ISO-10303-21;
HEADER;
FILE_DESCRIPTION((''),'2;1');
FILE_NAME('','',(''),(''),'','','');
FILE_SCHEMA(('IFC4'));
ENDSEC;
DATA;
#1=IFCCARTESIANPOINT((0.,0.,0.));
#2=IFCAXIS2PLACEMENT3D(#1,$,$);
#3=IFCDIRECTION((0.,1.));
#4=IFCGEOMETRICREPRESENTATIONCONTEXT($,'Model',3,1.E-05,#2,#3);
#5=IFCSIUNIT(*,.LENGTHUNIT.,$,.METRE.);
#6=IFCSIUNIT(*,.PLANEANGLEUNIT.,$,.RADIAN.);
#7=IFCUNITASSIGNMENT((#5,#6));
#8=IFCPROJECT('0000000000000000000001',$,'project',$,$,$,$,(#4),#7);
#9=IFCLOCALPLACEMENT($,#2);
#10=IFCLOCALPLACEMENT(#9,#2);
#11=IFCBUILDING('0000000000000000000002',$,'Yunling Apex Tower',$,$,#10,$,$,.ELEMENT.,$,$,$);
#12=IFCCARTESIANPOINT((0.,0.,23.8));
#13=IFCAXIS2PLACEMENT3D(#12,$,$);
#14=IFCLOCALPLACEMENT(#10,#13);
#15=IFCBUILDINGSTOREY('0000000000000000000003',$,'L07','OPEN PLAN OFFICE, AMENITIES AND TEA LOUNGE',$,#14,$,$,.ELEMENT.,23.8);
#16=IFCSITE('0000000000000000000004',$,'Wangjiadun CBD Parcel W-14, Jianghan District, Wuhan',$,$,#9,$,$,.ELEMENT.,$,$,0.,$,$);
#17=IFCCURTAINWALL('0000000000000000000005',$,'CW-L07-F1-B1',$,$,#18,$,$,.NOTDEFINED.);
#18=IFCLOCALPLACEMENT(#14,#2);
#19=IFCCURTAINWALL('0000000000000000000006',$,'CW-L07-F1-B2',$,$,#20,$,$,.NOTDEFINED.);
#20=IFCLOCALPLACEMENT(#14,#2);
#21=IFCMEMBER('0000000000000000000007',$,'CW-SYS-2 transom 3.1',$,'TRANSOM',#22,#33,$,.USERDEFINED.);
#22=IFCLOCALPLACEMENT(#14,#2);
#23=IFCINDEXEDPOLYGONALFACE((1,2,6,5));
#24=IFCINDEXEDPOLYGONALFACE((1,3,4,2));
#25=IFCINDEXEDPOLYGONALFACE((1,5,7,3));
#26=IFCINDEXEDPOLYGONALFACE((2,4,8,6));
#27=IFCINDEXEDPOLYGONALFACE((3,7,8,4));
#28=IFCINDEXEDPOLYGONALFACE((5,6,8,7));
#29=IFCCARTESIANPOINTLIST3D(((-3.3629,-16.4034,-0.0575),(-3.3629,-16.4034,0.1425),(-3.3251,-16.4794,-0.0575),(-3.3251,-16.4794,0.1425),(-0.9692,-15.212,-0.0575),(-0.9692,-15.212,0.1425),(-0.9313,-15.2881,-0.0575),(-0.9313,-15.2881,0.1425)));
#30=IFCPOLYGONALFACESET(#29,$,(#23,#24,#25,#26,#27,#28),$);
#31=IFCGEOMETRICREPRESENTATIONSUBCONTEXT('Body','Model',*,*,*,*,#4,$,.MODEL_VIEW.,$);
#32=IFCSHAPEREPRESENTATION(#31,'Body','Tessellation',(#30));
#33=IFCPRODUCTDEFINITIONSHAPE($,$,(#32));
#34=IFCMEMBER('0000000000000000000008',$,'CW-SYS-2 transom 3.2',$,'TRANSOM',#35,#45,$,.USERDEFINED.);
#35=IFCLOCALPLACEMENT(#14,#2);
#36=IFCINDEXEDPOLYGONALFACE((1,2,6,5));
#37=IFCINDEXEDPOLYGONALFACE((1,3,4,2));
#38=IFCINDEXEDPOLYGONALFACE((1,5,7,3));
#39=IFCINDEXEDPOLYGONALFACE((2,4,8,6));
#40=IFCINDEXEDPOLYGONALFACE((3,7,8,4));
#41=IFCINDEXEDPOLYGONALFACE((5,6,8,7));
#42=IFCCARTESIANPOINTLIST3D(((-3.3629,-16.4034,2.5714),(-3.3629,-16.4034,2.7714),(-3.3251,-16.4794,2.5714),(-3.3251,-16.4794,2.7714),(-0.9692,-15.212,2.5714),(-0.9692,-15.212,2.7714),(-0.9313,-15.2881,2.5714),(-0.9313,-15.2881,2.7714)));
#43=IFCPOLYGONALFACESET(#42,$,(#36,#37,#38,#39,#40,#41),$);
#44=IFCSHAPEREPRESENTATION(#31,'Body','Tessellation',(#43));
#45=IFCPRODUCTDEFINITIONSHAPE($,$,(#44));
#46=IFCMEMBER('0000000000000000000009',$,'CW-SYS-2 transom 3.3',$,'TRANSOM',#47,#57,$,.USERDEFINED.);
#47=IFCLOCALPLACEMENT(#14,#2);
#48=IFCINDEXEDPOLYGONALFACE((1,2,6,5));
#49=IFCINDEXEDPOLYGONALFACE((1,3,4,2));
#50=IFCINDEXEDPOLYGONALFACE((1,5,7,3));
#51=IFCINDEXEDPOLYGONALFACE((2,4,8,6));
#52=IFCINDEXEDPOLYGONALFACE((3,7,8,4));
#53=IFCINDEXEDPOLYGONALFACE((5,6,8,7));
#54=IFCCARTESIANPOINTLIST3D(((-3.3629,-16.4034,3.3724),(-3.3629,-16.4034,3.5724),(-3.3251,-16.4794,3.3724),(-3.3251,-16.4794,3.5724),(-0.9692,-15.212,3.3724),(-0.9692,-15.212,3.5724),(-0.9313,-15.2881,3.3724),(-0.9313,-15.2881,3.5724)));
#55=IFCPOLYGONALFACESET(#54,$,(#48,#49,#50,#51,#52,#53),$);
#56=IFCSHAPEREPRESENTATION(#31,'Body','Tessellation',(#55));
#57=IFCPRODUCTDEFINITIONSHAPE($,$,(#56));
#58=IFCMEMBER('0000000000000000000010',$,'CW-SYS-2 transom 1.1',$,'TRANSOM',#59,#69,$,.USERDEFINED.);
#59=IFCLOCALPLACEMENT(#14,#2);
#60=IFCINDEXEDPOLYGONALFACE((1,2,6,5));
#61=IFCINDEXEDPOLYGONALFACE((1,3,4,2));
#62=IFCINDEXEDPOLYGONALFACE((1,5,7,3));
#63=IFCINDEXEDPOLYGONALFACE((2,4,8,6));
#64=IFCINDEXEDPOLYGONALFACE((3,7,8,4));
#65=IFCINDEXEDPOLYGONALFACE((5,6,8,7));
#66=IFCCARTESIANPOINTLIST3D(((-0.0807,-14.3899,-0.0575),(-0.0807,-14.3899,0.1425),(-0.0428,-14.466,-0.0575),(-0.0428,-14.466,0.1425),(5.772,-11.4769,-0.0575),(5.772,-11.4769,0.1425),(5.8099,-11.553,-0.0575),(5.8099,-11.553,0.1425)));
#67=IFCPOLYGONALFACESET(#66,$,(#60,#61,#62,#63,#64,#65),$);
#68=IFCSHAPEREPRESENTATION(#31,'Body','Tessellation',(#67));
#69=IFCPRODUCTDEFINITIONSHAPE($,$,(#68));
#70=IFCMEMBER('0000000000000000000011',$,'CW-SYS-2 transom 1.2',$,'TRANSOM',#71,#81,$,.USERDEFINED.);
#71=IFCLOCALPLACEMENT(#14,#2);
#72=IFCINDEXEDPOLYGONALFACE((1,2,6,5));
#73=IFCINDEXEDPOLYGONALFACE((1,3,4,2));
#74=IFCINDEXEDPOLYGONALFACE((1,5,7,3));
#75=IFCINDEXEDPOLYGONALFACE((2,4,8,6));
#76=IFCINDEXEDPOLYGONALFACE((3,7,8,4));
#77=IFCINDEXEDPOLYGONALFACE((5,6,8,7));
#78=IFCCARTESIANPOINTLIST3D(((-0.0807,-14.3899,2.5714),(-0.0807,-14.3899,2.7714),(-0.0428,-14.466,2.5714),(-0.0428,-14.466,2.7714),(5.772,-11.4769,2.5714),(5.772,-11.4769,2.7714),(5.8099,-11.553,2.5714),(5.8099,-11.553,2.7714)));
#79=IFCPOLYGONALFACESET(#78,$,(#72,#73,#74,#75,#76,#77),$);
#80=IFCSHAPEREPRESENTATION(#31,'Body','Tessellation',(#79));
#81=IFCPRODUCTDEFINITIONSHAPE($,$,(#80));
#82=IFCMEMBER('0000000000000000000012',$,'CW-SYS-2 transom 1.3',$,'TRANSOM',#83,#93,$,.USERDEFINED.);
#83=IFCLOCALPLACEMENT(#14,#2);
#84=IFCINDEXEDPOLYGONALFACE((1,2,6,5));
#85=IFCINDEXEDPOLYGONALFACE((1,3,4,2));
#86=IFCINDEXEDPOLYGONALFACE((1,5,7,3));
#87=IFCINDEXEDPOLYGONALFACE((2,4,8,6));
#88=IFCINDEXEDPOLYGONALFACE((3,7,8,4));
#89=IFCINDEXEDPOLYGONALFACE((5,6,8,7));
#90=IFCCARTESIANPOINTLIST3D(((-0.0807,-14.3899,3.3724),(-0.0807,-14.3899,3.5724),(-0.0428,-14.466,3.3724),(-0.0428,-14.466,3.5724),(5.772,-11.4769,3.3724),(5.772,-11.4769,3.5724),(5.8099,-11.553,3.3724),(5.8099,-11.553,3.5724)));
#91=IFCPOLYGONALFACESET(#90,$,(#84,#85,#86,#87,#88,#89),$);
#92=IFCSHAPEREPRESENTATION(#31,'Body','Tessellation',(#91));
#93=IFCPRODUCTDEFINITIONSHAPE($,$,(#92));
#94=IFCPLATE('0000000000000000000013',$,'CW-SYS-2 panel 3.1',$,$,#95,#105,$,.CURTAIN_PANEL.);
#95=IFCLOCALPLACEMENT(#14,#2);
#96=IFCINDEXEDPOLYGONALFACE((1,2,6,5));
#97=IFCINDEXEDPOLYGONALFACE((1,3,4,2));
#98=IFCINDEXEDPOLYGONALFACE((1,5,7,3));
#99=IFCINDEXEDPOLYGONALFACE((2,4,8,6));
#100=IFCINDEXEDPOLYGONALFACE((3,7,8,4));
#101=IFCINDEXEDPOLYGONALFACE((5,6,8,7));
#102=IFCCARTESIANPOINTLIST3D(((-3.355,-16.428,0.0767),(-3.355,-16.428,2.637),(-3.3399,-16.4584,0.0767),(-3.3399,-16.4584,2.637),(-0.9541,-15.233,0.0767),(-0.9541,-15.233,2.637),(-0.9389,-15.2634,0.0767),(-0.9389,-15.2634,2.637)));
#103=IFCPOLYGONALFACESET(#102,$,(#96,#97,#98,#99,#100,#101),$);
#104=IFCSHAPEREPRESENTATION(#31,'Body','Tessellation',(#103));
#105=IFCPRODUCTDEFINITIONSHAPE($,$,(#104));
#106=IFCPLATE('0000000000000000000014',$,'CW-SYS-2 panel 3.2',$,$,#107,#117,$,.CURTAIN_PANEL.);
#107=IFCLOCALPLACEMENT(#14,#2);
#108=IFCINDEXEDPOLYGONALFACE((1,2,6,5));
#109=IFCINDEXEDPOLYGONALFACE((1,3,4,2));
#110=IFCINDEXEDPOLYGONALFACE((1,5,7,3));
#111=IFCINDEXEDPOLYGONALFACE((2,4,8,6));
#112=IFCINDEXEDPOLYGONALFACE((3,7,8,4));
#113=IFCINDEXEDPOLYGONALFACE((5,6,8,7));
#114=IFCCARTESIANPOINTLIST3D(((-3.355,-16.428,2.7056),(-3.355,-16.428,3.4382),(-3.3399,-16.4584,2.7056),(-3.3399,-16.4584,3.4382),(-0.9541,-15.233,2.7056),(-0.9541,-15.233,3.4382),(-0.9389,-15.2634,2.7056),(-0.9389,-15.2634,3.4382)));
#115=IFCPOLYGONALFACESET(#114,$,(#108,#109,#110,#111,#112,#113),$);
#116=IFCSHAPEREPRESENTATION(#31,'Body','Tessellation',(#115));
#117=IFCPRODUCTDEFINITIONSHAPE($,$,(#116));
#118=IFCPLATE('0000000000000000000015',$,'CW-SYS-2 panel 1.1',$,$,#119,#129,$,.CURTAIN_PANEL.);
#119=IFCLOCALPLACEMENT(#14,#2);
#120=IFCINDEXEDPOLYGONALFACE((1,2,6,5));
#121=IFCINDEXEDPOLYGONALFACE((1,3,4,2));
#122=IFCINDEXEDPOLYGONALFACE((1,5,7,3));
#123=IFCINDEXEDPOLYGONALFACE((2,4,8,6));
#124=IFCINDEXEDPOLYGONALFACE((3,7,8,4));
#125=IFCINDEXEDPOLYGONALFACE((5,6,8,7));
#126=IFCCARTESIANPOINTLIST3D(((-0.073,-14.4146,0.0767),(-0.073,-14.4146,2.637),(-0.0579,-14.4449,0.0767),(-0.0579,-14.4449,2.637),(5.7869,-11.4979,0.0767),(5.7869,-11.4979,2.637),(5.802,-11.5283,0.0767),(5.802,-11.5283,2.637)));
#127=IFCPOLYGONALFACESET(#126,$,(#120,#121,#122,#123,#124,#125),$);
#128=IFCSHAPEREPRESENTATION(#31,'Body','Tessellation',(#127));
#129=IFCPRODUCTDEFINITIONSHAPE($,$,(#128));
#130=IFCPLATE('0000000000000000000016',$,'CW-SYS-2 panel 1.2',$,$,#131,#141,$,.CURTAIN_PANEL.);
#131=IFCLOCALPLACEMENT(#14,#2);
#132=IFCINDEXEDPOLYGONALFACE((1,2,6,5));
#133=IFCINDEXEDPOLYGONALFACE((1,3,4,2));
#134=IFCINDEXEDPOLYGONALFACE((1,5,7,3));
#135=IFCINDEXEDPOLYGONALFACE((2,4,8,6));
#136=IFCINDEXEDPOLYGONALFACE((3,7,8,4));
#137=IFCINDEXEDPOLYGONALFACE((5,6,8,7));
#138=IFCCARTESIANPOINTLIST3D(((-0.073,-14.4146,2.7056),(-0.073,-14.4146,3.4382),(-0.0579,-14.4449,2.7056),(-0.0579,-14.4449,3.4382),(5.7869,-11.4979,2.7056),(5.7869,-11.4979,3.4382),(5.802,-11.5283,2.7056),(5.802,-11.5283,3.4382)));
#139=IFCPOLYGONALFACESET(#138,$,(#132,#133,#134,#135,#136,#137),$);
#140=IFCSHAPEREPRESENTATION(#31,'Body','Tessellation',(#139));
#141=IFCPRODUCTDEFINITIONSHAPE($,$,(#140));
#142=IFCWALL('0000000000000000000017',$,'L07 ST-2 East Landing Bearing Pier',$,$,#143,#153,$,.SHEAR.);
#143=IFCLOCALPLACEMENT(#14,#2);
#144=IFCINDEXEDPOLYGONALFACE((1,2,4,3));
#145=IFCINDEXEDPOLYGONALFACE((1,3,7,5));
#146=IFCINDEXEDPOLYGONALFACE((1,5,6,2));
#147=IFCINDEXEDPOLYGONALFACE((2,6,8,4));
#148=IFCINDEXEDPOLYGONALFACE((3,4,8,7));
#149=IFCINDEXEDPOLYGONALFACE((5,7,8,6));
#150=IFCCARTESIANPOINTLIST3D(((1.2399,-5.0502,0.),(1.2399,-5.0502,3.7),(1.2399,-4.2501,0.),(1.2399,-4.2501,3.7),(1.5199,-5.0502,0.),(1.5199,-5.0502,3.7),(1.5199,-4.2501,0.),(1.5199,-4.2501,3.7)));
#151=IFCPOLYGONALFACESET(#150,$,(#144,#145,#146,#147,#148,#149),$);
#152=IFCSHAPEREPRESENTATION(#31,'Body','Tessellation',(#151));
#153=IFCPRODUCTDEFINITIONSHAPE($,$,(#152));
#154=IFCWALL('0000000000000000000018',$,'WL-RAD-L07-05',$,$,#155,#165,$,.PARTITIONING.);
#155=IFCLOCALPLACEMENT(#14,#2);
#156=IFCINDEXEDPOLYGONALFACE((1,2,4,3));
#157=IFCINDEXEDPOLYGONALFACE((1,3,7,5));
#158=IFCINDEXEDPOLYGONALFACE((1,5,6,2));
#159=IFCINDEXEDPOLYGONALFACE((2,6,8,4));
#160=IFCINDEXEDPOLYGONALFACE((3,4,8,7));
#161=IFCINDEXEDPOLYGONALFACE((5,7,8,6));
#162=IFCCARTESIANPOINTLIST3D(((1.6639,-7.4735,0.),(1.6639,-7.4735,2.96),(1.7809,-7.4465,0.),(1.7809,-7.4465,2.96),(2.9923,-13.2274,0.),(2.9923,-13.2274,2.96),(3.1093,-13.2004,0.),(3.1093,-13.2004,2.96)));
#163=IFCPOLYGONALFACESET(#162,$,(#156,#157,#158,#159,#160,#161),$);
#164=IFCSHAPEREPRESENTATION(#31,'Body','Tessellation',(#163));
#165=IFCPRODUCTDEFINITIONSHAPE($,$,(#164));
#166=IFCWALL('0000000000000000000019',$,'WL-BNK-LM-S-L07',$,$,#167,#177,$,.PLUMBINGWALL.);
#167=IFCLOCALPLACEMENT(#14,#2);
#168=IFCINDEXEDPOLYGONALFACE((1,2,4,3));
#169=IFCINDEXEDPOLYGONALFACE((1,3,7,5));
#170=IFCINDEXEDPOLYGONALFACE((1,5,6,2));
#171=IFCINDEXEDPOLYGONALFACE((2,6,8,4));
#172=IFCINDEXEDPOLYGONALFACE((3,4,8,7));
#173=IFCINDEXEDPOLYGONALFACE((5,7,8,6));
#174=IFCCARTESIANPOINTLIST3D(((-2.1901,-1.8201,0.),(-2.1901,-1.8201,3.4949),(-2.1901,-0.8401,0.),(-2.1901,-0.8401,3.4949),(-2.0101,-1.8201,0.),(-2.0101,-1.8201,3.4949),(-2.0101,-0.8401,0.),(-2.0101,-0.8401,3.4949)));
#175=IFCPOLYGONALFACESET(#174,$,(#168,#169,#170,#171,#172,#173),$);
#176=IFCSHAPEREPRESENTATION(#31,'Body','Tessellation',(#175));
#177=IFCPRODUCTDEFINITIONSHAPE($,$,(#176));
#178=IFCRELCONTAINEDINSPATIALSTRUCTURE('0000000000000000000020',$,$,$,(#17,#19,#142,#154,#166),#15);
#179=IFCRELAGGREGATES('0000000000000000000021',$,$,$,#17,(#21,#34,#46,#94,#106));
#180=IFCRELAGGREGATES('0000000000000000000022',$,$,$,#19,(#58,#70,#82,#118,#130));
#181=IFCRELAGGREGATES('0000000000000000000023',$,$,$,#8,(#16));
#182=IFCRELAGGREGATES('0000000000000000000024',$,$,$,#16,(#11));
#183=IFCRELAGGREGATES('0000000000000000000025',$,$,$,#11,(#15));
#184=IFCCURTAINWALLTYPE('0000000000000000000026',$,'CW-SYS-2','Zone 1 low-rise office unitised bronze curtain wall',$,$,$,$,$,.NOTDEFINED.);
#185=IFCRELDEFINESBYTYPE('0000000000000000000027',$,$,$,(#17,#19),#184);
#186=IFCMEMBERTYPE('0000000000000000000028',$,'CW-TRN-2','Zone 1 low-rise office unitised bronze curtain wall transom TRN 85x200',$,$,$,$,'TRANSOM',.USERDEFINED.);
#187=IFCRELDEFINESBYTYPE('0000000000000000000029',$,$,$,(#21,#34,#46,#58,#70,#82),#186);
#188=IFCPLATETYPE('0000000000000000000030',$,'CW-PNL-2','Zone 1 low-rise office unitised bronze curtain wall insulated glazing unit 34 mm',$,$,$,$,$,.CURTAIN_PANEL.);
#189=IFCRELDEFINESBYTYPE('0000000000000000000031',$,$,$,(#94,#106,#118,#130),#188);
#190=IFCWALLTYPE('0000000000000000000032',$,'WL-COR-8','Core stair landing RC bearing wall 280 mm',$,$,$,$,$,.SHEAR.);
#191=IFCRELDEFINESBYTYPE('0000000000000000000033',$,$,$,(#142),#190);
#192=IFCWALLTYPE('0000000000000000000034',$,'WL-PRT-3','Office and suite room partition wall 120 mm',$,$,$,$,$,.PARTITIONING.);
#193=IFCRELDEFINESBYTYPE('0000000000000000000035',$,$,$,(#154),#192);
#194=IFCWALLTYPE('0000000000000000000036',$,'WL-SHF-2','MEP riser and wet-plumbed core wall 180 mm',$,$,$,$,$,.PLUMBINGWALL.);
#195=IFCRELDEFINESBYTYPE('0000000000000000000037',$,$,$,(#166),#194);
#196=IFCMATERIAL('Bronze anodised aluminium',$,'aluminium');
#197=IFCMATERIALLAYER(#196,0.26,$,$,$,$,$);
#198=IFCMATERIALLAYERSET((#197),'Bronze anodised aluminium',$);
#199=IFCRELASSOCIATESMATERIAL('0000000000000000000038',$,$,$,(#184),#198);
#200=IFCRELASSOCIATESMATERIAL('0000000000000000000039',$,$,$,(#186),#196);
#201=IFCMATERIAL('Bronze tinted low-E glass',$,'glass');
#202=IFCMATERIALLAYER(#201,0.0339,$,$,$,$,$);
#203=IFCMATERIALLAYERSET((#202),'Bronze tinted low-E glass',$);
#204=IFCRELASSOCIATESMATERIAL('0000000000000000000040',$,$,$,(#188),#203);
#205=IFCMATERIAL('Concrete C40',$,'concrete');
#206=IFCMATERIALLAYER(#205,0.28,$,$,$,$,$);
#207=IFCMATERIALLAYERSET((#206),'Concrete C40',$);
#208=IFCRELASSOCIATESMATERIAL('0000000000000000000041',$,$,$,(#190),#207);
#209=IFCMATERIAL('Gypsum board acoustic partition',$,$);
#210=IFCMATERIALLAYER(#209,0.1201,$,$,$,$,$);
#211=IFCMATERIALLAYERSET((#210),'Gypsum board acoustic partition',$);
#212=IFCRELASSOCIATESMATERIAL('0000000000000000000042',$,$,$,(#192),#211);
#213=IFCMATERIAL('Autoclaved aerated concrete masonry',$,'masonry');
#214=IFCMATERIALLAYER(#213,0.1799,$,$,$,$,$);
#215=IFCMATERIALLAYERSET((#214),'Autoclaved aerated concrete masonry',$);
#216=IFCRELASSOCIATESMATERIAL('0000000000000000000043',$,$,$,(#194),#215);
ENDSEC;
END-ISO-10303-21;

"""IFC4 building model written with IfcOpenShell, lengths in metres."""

from ifc_helpers import new_model, si_unit, direction, frame, frame_2d, origin, origin_2d, place, context, subcontext, project, spatial, rectangle, extrude, source, transform, mapped, material, layer, layer_set, material_profile, profile_set, type_object, element, aggregate, save


model = new_model("IFC4")

# Units and contexts
model_context = context("Model", 3, precision=1e-05, world=origin(), true_north=direction((0.0, 1.0)))
body_context = subcontext(model_context, "Body", "Model", "MODEL_VIEW")
ifc_project = project(units=[si_unit("LENGTHUNIT", "METRE"), si_unit("PLANEANGLEUNIT", "RADIAN")], contexts=[model_context])

# Site, building, storey
site_placement = place(None, origin())
site = spatial("IfcSite", under=ifc_project, at=site_placement, Name="Wangjiadun CBD Parcel W-14, Jianghan District, Wuhan", CompositionType="ELEMENT", RefElevation=0.0)
building_placement = place(site_placement, origin())
building = spatial("IfcBuilding", under=site, at=building_placement, Name="Yunling Apex Tower", CompositionType="ELEMENT")
storey_placement = place(building_placement, frame((0.0, 0.0, 23.8)))
storey = spatial("IfcBuildingStorey", under=building, at=storey_placement, Name="L07", Description="OPEN PLAN OFFICE, AMENITIES AND TEA LOUNGE", CompositionType="ELEMENT", Elevation=23.8)

# Curtain wall
ifc_material_1 = material(Name="Bronze anodised aluminium", Category="aluminium")
ifc_layer_1 = layer(ifc_material_1, 0.26)
ifc_layer_set_1 = layer_set([ifc_layer_1], Name="Bronze anodised aluminium")
curtain_wall_type = type_object("IfcCurtainWallType", Name="CW-SYS-2", Description="Zone 1 low-rise office unitised bronze curtain wall", PredefinedType="NOTDEFINED", material=ifc_layer_set_1)
curtain_wall_1_placement = place(storey_placement, origin())
curtain_wall_1 = element("IfcCurtainWall", 1, at=curtain_wall_1_placement, inside=storey, type_object=curtain_wall_type, Name="CW-L07-F1-B1", PredefinedType="NOTDEFINED")

# Curtain wall
curtain_wall_2_placement = place(storey_placement, origin())
curtain_wall_2 = element("IfcCurtainWall", 2, at=curtain_wall_2_placement, inside=storey, type_object=curtain_wall_type, Name="CW-L07-F1-B2", PredefinedType="NOTDEFINED")

# Members
ifc_material_profile_1 = material_profile(ifc_material_1, rectangle(XDim=0.085, YDim=0.2, at=origin_2d()))
ifc_profile_set_1 = profile_set([ifc_material_profile_1], Name="Bronze anodised aluminium")
member_type_1 = type_object("IfcMemberType", Name="CW-TRN-2", Description="Zone 1 low-rise office unitised bronze curtain wall transom TRN 85x200", ElementType="TRANSOM", PredefinedType="USERDEFINED", material=ifc_profile_set_1)
shared_shape_1 = source(origin(), body_context, "Body", "SweptSolid", [
    extrude(rectangle(XDim=0.085, YDim=0.2, at=origin_2d()), origin(), (0.0, 0.0, 1.0), 2.6738),
])
member_1_placement = place(storey_placement, frame((-3.344, -16.4414, 0.0425), z_axis=(0.895247, 0.445569, 0.0), x_axis=(-0.445569, 0.895247, 0.0)))
member_1 = element("IfcMember", 3, at=member_1_placement, type_object=member_type_1, Name="CW-SYS-2 transom 3.1", ObjectType="TRANSOM", PredefinedType="USERDEFINED", context=body_context, shape_type="MappedRepresentation", body=[
    mapped(shared_shape_1, transform((0.0, 0.0, 0.0), scale=1.0)),
])
member_2_placement = place(storey_placement, frame((-3.344, -16.4414, 2.6714), z_axis=(0.895247, 0.445569, 0.0), x_axis=(-0.445569, 0.895247, 0.0)))
member_2 = element("IfcMember", 4, at=member_2_placement, type_object=member_type_1, Name="CW-SYS-2 transom 3.2", ObjectType="TRANSOM", PredefinedType="USERDEFINED", context=body_context, shape_type="MappedRepresentation", body=[
    mapped(shared_shape_1, transform((0.0, 0.0, 0.0), scale=1.0)),
])
member_3_placement = place(storey_placement, frame((-3.344, -16.4414, 3.4724), z_axis=(0.895247, 0.445569, 0.0), x_axis=(-0.445569, 0.895247, 0.0)))
member_3 = element("IfcMember", 5, at=member_3_placement, type_object=member_type_1, Name="CW-SYS-2 transom 3.3", ObjectType="TRANSOM", PredefinedType="USERDEFINED", context=body_context, shape_type="MappedRepresentation", body=[
    mapped(shared_shape_1, transform((0.0, 0.0, 0.0), scale=1.0)),
])
shared_shape_2 = source(origin(), body_context, "Body", "SweptSolid", [
    extrude(rectangle(XDim=0.085, YDim=0.2, at=origin_2d()), origin(), (0.0, 0.0, 1.0), 6.5376),
])
member_4_placement = place(storey_placement, frame((-0.0618, -14.428, 0.0425), z_axis=(0.89524, 0.445585, 0.0), x_axis=(-0.445585, 0.89524, 0.0)))
member_4 = element("IfcMember", 6, at=member_4_placement, type_object=member_type_1, Name="CW-SYS-2 transom 1.1", ObjectType="TRANSOM", PredefinedType="USERDEFINED", context=body_context, shape_type="MappedRepresentation", body=[
    mapped(shared_shape_2, transform((0.0, 0.0, 0.0), scale=1.0)),
])
member_5_placement = place(storey_placement, frame((-0.0618, -14.428, 2.6714), z_axis=(0.89524, 0.445585, 0.0), x_axis=(-0.445585, 0.89524, 0.0)))
member_5 = element("IfcMember", 7, at=member_5_placement, type_object=member_type_1, Name="CW-SYS-2 transom 1.2", ObjectType="TRANSOM", PredefinedType="USERDEFINED", context=body_context, shape_type="MappedRepresentation", body=[
    mapped(shared_shape_2, transform((0.0, 0.0, 0.0), scale=1.0)),
])
member_6_placement = place(storey_placement, frame((-0.0618, -14.428, 3.4724), z_axis=(0.89524, 0.445585, 0.0), x_axis=(-0.445585, 0.89524, 0.0)))
member_6 = element("IfcMember", 8, at=member_6_placement, type_object=member_type_1, Name="CW-SYS-2 transom 1.3", ObjectType="TRANSOM", PredefinedType="USERDEFINED", context=body_context, shape_type="MappedRepresentation", body=[
    mapped(shared_shape_2, transform((0.0, 0.0, 0.0), scale=1.0)),
])

# Plates
ifc_material_2 = material(Name="Bronze tinted low-E glass", Category="glass")
ifc_layer_2 = layer(ifc_material_2, 0.0339)
ifc_layer_set_2 = layer_set([ifc_layer_2], Name="Bronze tinted low-E glass")
plate_type = type_object("IfcPlateType", Name="CW-PNL-2", Description="Zone 1 low-rise office unitised bronze curtain wall insulated glazing unit 34 mm", PredefinedType="CURTAIN_PANEL", material=ifc_layer_set_2)
shared_shape_3 = source(origin(), body_context, "Body", "SweptSolid", [
    extrude(rectangle(XDim=2.6819, YDim=0.0339, at=origin_2d()), origin(), (0.0, 0.0, 1.0), 2.5603),
])
plate_1_placement = place(storey_placement, frame((-2.147, -15.8457, 0.0767), z_axis=(0.0, 0.0, 1.0), x_axis=(0.895247, 0.445571, 0.0)))
plate_1 = element("IfcPlate", 9, at=plate_1_placement, type_object=plate_type, Name="CW-SYS-2 panel 3.1", PredefinedType="CURTAIN_PANEL", context=body_context, shape_type="MappedRepresentation", body=[
    mapped(shared_shape_3, transform((0.0, 0.0, 0.0), scale=1.0)),
])
shared_shape_4 = source(origin(), body_context, "Body", "SweptSolid", [
    extrude(rectangle(XDim=2.6819, YDim=0.0339, at=origin_2d()), origin(), (0.0, 0.0, 1.0), 0.7327),
])
plate_2_placement = place(storey_placement, frame((-2.147, -15.8457, 2.7056), z_axis=(0.0, 0.0, 1.0), x_axis=(0.895247, 0.445571, 0.0)))
plate_2 = element("IfcPlate", 10, at=plate_2_placement, type_object=plate_type, Name="CW-SYS-2 panel 3.2", PredefinedType="CURTAIN_PANEL", context=body_context, shape_type="MappedRepresentation", body=[
    mapped(shared_shape_4, transform((0.0, 0.0, 0.0), scale=1.0)),
])
aggregate(curtain_wall_1, [member_1, member_2, member_3, plate_1, plate_2])
shared_shape_5 = source(origin(), body_context, "Body", "SweptSolid", [
    extrude(rectangle(XDim=6.5457, YDim=0.0339, at=origin_2d()), origin(), (0.0, 0.0, 1.0), 2.5603),
])
plate_3_placement = place(storey_placement, frame((2.8645, -12.9714, 0.0767), z_axis=(0.0, 0.0, 1.0), x_axis=(0.895241, 0.445583, 0.0)))
plate_3 = element("IfcPlate", 11, at=plate_3_placement, type_object=plate_type, Name="CW-SYS-2 panel 1.1", PredefinedType="CURTAIN_PANEL", context=body_context, shape_type="MappedRepresentation", body=[
    mapped(shared_shape_5, transform((0.0, 0.0, 0.0), scale=1.0)),
])
shared_shape_6 = source(origin(), body_context, "Body", "SweptSolid", [
    extrude(rectangle(XDim=6.5457, YDim=0.0339, at=origin_2d()), origin(), (0.0, 0.0, 1.0), 0.7327),
])
plate_4_placement = place(storey_placement, frame((2.8645, -12.9714, 2.7056), z_axis=(0.0, 0.0, 1.0), x_axis=(0.895241, 0.445583, 0.0)))
plate_4 = element("IfcPlate", 12, at=plate_4_placement, type_object=plate_type, Name="CW-SYS-2 panel 1.2", PredefinedType="CURTAIN_PANEL", context=body_context, shape_type="MappedRepresentation", body=[
    mapped(shared_shape_6, transform((0.0, 0.0, 0.0), scale=1.0)),
])
aggregate(curtain_wall_2, [member_4, member_5, member_6, plate_3, plate_4])

# Walls
ifc_material_3 = material(Name="Concrete C40", Category="concrete")
ifc_layer_3 = layer(ifc_material_3, 0.28)
ifc_layer_set_3 = layer_set([ifc_layer_3], Name="Concrete C40")
wall_type_1 = type_object("IfcWallType", Name="WL-COR-8", Description="Core stair landing RC bearing wall 280 mm", PredefinedType="SHEAR", material=ifc_layer_set_3)
wall_1_placement = place(storey_placement, frame((1.3799, -5.05, 0.0), z_axis=(0.0, 0.0, 1.0), x_axis=(0.0, 1.0, 0.0)))
element("IfcWall", 13, at=wall_1_placement, inside=storey, type_object=wall_type_1, Name="L07 ST-2 East Landing Bearing Pier", PredefinedType="SHEAR", context=body_context, shape_type="SweptSolid", body=[
    extrude(rectangle(XDim=0.8, YDim=0.28, at=frame_2d((0.3999, 0.0))), origin(), (0.0, 0.0, 1.0), 3.7),
])
ifc_material_4 = material(Name="Gypsum board acoustic partition")
ifc_layer_4 = layer(ifc_material_4, 0.1201)
ifc_layer_set_4 = layer_set([ifc_layer_4], Name="Gypsum board acoustic partition")
wall_type_2 = type_object("IfcWallType", Name="WL-PRT-3", Description="Office and suite room partition wall 120 mm", PredefinedType="PARTITIONING", material=ifc_layer_set_4)
wall_2_placement = place(storey_placement, frame((1.7224, -7.46, 0.0), z_axis=(0.0, 0.0, 1.0), x_axis=(0.224947, -0.974371, 0.0)))
element("IfcWall", 14, at=wall_2_placement, inside=storey, type_object=wall_type_2, Name="WL-RAD-L07-05", PredefinedType="PARTITIONING", context=body_context, shape_type="SweptSolid", body=[
    extrude(rectangle(XDim=5.9053, YDim=0.1201, at=frame_2d((2.9526, 0.0))), origin(), (0.0, 0.0, 1.0), 2.96),
])

# Shared definitions
ifc_material_5 = material(Name="Autoclaved aerated concrete masonry", Category="masonry")

# Wall
ifc_layer_5 = layer(ifc_material_5, 0.1799)
ifc_layer_set_5 = layer_set([ifc_layer_5], Name="Autoclaved aerated concrete masonry")
wall_type_3 = type_object("IfcWallType", Name="WL-SHF-2", Description="MEP riser and wet-plumbed core wall 180 mm", PredefinedType="PLUMBINGWALL", material=ifc_layer_set_5)
for number, where, z_axis, x_axis, name in (
    (15, (-2.1001, -1.8201, 0.0), (0.0, 0.0, 1.0), (0.0, 1.0, 0.0), "WL-BNK-LM-S-L07"),
):
    element("IfcWall", number, at=place(storey_placement, frame(where, z_axis=z_axis, x_axis=x_axis)), inside=storey, type_object=wall_type_3, Name=name, PredefinedType="PLUMBINGWALL", context=body_context, shape_type="SweptSolid", body=[
        extrude(rectangle(XDim=0.98, YDim=0.1799, at=frame_2d((0.49, 0.0))), origin(), (0.0, 0.0, 1.0), 3.4949),
    ])

save(model, "model.ifc")
